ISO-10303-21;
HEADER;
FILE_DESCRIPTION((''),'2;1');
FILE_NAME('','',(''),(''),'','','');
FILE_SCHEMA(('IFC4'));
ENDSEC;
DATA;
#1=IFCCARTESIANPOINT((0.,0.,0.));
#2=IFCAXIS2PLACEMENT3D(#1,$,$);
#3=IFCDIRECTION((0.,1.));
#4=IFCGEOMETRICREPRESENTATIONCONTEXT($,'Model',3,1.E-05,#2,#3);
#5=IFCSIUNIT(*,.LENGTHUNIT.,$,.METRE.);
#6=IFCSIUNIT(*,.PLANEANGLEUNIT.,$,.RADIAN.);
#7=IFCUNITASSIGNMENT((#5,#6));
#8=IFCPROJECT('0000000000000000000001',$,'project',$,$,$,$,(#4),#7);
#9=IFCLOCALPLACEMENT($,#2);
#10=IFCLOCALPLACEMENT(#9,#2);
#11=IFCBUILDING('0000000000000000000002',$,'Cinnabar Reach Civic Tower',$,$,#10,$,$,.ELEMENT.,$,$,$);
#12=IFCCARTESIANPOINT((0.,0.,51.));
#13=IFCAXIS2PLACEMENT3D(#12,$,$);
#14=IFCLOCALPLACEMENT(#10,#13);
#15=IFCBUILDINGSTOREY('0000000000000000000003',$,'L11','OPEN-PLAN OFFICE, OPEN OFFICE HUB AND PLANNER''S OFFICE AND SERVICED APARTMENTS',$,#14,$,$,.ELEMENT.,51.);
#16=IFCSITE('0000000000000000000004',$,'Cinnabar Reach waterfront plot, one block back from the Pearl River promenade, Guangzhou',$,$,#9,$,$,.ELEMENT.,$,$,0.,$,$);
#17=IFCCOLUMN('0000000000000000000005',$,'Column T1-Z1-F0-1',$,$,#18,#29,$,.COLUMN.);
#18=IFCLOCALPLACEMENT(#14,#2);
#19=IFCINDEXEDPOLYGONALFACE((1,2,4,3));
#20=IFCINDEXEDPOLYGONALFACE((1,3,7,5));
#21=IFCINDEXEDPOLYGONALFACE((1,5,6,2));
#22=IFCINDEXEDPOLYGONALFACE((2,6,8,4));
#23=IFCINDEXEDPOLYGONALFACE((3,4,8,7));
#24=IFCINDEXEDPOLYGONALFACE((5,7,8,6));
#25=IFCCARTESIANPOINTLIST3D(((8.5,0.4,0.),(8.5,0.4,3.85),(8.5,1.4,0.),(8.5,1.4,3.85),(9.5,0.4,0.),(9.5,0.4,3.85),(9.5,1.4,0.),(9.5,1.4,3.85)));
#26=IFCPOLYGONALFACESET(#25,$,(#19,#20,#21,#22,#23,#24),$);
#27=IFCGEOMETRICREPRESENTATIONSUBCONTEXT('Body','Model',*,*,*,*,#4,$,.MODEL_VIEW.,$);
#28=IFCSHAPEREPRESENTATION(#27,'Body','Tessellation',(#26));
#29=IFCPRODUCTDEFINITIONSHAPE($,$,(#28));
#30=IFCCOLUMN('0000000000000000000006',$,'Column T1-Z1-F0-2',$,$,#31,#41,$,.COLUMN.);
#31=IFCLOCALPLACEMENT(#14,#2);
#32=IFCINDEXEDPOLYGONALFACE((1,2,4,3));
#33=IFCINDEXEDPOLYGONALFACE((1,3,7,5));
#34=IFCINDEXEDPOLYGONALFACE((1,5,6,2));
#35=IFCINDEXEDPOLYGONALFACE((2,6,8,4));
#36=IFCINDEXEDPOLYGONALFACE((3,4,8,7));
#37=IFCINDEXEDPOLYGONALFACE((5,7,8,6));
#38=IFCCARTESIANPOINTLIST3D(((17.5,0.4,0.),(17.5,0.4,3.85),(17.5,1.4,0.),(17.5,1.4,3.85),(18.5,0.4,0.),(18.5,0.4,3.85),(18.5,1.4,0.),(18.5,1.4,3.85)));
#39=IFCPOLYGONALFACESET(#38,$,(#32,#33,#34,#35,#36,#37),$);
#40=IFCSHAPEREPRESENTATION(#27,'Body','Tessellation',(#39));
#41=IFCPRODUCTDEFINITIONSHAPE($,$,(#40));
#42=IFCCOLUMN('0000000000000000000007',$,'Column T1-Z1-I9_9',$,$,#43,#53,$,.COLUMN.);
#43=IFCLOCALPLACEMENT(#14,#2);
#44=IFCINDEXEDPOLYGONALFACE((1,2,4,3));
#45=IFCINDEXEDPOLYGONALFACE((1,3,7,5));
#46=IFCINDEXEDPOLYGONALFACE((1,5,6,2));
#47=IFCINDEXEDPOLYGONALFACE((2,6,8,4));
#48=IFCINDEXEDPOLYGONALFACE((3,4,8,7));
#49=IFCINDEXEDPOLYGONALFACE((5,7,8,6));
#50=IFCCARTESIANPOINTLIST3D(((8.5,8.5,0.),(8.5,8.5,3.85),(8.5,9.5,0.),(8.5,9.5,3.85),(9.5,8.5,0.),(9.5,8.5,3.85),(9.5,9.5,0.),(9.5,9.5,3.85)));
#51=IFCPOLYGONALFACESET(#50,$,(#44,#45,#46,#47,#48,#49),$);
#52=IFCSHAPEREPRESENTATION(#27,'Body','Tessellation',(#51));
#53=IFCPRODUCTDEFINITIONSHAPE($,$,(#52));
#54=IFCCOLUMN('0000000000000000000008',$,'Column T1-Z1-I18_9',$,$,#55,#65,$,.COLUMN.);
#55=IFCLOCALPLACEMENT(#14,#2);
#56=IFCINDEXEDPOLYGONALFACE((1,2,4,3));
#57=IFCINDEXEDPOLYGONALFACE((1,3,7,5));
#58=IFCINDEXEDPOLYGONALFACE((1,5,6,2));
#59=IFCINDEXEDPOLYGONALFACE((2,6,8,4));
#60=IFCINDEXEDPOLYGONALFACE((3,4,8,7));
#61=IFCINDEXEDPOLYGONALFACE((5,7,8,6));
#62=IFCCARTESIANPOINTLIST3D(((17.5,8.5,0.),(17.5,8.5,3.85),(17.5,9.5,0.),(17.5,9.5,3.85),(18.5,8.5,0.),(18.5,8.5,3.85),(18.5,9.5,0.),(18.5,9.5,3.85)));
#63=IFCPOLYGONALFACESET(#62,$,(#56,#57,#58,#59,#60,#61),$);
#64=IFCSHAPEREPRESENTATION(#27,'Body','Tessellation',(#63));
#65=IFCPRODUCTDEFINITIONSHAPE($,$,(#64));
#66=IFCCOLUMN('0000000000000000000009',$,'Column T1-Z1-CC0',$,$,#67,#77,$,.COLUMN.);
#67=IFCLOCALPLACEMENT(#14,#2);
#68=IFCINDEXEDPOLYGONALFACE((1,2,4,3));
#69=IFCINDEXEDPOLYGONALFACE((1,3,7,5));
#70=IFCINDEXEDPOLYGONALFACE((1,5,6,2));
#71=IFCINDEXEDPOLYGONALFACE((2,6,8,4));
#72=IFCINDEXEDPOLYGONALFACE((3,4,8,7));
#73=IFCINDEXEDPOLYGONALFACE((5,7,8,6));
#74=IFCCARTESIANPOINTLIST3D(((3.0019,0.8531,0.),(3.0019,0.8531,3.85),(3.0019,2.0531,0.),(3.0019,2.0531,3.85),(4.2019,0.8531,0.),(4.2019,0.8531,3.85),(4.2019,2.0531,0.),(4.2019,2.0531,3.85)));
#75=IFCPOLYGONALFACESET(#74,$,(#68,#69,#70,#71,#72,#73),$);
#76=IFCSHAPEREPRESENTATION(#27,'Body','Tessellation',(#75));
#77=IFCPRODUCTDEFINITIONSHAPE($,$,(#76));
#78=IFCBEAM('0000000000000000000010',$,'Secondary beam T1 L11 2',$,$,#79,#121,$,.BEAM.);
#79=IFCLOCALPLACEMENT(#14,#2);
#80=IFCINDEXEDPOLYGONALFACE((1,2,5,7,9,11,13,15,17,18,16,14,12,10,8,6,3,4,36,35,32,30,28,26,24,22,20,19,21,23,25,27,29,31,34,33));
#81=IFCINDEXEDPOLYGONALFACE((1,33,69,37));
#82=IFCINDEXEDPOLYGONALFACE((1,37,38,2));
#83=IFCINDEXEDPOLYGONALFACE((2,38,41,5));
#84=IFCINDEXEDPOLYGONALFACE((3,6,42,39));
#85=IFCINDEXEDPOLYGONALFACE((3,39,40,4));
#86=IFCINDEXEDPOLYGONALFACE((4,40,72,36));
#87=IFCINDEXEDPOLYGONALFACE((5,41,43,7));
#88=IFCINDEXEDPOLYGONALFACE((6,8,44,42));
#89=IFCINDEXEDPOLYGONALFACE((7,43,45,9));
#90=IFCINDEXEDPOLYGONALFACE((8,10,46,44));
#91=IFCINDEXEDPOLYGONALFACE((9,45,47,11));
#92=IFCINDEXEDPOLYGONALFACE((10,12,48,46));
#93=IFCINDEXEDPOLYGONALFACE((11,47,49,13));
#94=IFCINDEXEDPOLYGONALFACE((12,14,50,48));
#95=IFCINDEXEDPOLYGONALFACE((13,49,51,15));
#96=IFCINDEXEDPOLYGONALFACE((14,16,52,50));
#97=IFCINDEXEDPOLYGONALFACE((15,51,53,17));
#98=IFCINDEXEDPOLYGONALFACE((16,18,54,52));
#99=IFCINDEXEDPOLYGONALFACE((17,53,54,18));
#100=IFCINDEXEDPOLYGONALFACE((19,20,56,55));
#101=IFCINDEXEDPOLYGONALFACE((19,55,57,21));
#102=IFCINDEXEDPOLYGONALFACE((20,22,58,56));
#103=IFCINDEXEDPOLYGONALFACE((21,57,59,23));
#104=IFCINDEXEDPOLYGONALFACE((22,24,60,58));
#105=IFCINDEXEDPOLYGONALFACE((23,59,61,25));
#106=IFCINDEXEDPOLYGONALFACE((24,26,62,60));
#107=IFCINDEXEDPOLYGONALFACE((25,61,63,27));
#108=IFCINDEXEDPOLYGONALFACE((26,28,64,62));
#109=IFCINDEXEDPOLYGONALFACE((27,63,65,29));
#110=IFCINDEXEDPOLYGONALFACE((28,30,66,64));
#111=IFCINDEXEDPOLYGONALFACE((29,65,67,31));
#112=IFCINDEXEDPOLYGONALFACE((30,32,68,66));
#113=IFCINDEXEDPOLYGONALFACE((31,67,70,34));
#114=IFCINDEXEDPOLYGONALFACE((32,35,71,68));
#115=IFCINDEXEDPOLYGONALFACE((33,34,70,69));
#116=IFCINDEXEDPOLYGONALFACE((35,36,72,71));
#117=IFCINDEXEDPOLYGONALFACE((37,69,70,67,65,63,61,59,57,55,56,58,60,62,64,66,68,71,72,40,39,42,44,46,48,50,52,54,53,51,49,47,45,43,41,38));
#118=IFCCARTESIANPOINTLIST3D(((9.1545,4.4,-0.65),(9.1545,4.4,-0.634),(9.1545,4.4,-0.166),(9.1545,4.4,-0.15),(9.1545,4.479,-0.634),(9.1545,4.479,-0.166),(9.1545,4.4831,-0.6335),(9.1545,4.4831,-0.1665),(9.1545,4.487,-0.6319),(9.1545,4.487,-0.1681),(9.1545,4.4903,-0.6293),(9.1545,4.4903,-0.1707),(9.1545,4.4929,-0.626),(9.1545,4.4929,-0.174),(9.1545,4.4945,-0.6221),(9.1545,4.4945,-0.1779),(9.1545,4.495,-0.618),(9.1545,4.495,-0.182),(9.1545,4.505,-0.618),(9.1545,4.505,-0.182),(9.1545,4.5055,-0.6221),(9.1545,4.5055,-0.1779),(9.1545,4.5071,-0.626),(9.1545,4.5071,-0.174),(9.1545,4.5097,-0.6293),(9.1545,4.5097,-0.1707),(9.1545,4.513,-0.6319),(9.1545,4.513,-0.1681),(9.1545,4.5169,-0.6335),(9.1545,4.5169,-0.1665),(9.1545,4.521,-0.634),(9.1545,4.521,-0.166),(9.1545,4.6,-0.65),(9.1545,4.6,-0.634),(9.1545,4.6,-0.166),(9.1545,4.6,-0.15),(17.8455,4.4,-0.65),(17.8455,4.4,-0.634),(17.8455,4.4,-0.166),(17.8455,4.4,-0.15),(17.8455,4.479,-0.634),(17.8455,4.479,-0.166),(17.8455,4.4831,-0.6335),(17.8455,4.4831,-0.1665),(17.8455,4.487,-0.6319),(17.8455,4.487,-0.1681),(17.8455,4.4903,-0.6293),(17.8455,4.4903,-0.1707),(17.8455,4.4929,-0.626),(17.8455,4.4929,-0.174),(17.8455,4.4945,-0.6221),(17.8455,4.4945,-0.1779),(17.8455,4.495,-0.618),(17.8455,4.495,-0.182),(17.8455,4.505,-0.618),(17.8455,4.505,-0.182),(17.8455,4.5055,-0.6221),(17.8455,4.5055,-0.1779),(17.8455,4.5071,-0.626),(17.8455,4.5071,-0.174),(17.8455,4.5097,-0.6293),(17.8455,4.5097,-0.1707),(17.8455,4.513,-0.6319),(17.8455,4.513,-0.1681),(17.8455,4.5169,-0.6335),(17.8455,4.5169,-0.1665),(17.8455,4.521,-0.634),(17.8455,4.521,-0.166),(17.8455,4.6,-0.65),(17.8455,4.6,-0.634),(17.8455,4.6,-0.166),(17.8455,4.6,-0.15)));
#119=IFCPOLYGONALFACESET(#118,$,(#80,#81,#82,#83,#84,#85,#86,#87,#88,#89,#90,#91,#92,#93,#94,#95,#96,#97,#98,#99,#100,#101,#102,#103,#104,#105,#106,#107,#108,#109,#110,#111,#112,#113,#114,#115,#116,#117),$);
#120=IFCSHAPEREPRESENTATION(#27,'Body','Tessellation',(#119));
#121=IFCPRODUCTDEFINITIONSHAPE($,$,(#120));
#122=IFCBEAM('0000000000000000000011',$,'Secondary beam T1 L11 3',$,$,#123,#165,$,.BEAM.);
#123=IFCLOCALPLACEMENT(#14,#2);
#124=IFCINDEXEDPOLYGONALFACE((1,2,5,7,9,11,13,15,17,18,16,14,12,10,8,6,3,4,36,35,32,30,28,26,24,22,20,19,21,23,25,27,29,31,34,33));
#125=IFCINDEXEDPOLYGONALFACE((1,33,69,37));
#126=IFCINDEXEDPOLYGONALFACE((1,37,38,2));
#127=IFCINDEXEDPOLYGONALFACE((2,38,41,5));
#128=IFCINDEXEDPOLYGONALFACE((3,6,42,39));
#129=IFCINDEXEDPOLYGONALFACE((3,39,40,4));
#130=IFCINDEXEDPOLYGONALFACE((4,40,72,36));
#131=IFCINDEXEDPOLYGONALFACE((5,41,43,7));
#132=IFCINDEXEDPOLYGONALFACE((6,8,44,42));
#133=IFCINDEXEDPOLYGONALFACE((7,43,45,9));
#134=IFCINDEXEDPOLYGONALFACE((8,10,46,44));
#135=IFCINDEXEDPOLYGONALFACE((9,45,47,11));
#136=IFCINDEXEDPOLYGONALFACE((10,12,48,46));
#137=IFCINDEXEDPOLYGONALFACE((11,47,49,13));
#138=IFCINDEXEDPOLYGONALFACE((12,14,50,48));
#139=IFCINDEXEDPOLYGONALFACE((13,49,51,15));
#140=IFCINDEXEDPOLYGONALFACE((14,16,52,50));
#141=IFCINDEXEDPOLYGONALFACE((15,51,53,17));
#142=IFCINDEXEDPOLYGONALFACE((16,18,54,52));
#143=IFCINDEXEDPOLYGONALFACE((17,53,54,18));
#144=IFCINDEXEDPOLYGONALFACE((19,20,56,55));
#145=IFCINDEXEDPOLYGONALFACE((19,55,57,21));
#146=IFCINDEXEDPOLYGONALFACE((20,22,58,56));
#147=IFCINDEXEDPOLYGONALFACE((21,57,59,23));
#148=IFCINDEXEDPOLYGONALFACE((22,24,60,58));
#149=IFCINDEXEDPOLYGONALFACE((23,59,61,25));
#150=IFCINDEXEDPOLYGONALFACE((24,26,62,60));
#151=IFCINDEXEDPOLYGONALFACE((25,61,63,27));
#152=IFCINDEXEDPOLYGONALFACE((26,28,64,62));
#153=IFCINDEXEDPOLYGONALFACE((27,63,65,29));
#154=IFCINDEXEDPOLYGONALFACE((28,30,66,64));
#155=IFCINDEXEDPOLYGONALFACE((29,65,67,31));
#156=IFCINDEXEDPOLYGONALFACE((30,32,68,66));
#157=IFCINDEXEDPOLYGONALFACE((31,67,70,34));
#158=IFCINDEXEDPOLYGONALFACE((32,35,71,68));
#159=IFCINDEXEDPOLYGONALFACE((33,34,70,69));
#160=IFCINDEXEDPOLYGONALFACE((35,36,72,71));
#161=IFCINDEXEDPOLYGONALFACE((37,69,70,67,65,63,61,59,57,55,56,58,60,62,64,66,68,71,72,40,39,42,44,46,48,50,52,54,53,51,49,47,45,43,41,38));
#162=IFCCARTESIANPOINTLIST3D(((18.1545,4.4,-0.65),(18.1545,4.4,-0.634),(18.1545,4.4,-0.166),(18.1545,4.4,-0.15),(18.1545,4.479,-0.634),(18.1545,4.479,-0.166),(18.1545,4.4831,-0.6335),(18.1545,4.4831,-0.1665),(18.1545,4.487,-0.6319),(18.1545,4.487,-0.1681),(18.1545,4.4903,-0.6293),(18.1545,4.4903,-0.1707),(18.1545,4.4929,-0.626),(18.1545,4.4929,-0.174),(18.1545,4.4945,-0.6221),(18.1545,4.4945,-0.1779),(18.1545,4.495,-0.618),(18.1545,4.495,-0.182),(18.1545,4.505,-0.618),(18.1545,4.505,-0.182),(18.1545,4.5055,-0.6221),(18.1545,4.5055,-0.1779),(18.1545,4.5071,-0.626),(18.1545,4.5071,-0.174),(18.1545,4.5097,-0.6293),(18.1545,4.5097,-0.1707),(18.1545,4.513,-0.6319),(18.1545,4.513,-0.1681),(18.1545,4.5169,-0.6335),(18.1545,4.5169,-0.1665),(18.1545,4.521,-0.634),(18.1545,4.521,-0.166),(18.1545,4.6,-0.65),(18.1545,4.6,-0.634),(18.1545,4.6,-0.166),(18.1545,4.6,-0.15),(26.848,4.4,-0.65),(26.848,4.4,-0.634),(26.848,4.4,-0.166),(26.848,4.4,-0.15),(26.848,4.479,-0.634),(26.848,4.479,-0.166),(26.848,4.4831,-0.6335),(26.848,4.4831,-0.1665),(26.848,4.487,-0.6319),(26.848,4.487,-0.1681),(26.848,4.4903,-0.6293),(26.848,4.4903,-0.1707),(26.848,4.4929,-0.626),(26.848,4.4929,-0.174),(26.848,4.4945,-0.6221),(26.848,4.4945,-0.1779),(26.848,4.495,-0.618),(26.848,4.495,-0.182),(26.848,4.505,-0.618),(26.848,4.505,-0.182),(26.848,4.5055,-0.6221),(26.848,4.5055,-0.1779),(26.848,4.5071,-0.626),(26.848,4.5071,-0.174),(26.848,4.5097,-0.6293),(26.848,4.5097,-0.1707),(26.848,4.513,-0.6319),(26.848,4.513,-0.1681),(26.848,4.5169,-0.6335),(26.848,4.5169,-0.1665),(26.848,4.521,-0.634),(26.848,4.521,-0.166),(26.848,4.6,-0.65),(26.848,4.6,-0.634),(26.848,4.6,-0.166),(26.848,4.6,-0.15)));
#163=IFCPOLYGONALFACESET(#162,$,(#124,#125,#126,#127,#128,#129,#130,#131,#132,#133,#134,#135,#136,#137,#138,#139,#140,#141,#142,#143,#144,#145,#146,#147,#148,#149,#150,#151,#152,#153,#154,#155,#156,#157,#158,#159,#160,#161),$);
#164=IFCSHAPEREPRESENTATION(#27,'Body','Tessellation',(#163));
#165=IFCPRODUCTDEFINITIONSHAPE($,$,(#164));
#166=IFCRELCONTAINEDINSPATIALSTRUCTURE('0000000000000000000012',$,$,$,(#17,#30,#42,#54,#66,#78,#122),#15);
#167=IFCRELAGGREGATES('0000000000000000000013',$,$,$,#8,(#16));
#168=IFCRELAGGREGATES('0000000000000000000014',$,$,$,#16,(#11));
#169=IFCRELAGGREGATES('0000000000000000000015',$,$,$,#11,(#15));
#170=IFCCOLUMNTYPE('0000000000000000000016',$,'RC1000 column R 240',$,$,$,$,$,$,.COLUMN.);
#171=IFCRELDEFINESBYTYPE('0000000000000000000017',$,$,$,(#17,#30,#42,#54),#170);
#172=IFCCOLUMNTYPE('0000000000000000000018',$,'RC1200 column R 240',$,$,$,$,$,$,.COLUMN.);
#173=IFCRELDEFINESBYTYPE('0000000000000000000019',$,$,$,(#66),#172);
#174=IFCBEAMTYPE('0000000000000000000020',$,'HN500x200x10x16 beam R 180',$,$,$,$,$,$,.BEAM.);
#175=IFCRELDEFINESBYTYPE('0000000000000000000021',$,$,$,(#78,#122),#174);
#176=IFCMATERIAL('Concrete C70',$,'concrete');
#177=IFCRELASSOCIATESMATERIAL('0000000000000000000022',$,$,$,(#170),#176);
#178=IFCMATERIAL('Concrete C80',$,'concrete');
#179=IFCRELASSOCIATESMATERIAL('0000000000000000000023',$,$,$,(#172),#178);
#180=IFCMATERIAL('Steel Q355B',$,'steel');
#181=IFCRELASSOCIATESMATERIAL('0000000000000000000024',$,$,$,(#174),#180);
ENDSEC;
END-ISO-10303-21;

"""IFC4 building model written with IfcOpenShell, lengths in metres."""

from ifc_helpers import new_model, si_unit, direction, frame, origin, origin_2d, place, context, subcontext, project, spatial, rectangle, i_section, extrude, material, material_profile, profile_set, type_object, element, save


model = new_model("IFC4")

# Units and contexts
model_context = context("Model", 3, precision=1e-05, world=origin(), true_north=direction((0.0, 1.0)))
body_context = subcontext(model_context, "Body", "Model", "MODEL_VIEW")
ifc_project = project(units=[si_unit("LENGTHUNIT", "METRE"), si_unit("PLANEANGLEUNIT", "RADIAN")], contexts=[model_context])

# Site, building, storey
site_placement = place(None, origin())
site = spatial("IfcSite", under=ifc_project, at=site_placement, Name="Cinnabar Reach waterfront plot, one block back from the Pearl River promenade, Guangzhou", CompositionType="ELEMENT", RefElevation=0.0)
building_placement = place(site_placement, origin())
building = spatial("IfcBuilding", under=site, at=building_placement, Name="Cinnabar Reach Civic Tower", CompositionType="ELEMENT")
storey_placement = place(building_placement, frame((0.0, 0.0, 51.0)))
storey = spatial("IfcBuildingStorey", under=building, at=storey_placement, Name="L11", Description="OPEN-PLAN OFFICE, OPEN OFFICE HUB AND PLANNER'S OFFICE AND SERVICED APARTMENTS", CompositionType="ELEMENT", Elevation=51.0)

# Columns
ifc_material_1 = material(Name="Concrete C70", Category="concrete")
ifc_material_profile_1 = material_profile(ifc_material_1, rectangle(XDim=1.0, YDim=1.0, at=origin_2d()), Name="RC1000")
ifc_profile_set_1 = profile_set([ifc_material_profile_1], Name="Concrete C70")
column_type_1 = type_object("IfcColumnType", Name="RC1000 column R 240", PredefinedType="COLUMN", material=ifc_profile_set_1)
for number, where, z_axis, x_axis, name in (
    (1, (9.0, 0.9, 0.0), (0.0, 0.0, 1.0), (1.0, 0.0, 0.0), "Column T1-Z1-F0-1"),
    (2, (18.0, 0.9, 0.0), (0.0, 0.0, 1.0), (1.0, 0.0, 0.0), "Column T1-Z1-F0-2"),
    (3, (9.0, 9.0, 0.0), (0.0, 0.0, 1.0), (1.0, 0.0, 0.0), "Column T1-Z1-I9_9"),
    (4, (18.0, 9.0, 0.0), (0.0, 0.0, 1.0), (1.0, 0.0, 0.0), "Column T1-Z1-I18_9"),
):
    element("IfcColumn", number, at=place(storey_placement, frame(where, z_axis=z_axis, x_axis=x_axis)), inside=storey, type_object=column_type_1, Name=name, PredefinedType="COLUMN", context=body_context, shape_type="SweptSolid", body=[
        extrude(rectangle(XDim=1.0, YDim=1.0, at=origin_2d()), origin(), (0.0, 0.0, 1.0), 3.85),
    ])
ifc_material_2 = material(Name="Concrete C80", Category="concrete")
ifc_material_profile_2 = material_profile(ifc_material_2, rectangle(XDim=1.2, YDim=1.2, at=origin_2d()), Name="RC1200")
ifc_profile_set_2 = profile_set([ifc_material_profile_2], Name="Concrete C80")
column_type_2 = type_object("IfcColumnType", Name="RC1200 column R 240", PredefinedType="COLUMN", material=ifc_profile_set_2)
column_placement = place(storey_placement, frame((3.6019, 1.4531, 0.0), z_axis=(0.0, 0.0, 1.0), x_axis=(1.0, 0.0, 0.0)))
element("IfcColumn", 5, at=column_placement, inside=storey, type_object=column_type_2, Name="Column T1-Z1-CC0", PredefinedType="COLUMN", context=body_context, shape_type="SweptSolid", body=[
    extrude(rectangle(XDim=1.2, YDim=1.2, at=origin_2d()), origin(), (0.0, 0.0, 1.0), 3.85),
])

# Beams
ifc_material_3 = material(Name="Steel Q355B", Category="steel")
ifc_material_profile_3 = material_profile(ifc_material_3, i_section(OverallWidth=0.2, OverallDepth=0.5, WebThickness=0.01, FlangeThickness=0.016, FilletRadius=0.016, at=origin_2d()), Name="HN500x200x10x16")
ifc_profile_set_3 = profile_set([ifc_material_profile_3], Name="Steel Q355B")
beam_type_1 = type_object("IfcBeamType", Name="HN500x200x10x16 beam R 180", PredefinedType="BEAM", material=ifc_profile_set_3)
beam_1_placement = place(storey_placement, frame((9.1545, 4.5, -0.4), z_axis=(1.0, 0.0, 0.0), x_axis=(0.0, 1.0, 0.0)))
element("IfcBeam", 6, at=beam_1_placement, inside=storey, type_object=beam_type_1, Name="Secondary beam T1 L11 2", PredefinedType="BEAM", context=body_context, shape_type="SweptSolid", body=[
    extrude(i_section(OverallWidth=0.2, OverallDepth=0.5, WebThickness=0.01, FlangeThickness=0.016, FilletRadius=0.016, at=origin_2d()), origin(), (0.0, 0.0, 1.0), 8.691),
])
beam_2_placement = place(storey_placement, frame((18.1545, 4.5, -0.4), z_axis=(1.0, 0.0, 0.0), x_axis=(0.0, 1.0, 0.0)))
element("IfcBeam", 7, at=beam_2_placement, inside=storey, type_object=beam_type_1, Name="Secondary beam T1 L11 3", PredefinedType="BEAM", context=body_context, shape_type="SweptSolid", body=[
    extrude(i_section(OverallWidth=0.2, OverallDepth=0.5, WebThickness=0.01, FlangeThickness=0.016, FilletRadius=0.016, at=origin_2d()), origin(), (0.0, 0.0, 1.0), 8.6935),
])

save(model, "model.ifc")
